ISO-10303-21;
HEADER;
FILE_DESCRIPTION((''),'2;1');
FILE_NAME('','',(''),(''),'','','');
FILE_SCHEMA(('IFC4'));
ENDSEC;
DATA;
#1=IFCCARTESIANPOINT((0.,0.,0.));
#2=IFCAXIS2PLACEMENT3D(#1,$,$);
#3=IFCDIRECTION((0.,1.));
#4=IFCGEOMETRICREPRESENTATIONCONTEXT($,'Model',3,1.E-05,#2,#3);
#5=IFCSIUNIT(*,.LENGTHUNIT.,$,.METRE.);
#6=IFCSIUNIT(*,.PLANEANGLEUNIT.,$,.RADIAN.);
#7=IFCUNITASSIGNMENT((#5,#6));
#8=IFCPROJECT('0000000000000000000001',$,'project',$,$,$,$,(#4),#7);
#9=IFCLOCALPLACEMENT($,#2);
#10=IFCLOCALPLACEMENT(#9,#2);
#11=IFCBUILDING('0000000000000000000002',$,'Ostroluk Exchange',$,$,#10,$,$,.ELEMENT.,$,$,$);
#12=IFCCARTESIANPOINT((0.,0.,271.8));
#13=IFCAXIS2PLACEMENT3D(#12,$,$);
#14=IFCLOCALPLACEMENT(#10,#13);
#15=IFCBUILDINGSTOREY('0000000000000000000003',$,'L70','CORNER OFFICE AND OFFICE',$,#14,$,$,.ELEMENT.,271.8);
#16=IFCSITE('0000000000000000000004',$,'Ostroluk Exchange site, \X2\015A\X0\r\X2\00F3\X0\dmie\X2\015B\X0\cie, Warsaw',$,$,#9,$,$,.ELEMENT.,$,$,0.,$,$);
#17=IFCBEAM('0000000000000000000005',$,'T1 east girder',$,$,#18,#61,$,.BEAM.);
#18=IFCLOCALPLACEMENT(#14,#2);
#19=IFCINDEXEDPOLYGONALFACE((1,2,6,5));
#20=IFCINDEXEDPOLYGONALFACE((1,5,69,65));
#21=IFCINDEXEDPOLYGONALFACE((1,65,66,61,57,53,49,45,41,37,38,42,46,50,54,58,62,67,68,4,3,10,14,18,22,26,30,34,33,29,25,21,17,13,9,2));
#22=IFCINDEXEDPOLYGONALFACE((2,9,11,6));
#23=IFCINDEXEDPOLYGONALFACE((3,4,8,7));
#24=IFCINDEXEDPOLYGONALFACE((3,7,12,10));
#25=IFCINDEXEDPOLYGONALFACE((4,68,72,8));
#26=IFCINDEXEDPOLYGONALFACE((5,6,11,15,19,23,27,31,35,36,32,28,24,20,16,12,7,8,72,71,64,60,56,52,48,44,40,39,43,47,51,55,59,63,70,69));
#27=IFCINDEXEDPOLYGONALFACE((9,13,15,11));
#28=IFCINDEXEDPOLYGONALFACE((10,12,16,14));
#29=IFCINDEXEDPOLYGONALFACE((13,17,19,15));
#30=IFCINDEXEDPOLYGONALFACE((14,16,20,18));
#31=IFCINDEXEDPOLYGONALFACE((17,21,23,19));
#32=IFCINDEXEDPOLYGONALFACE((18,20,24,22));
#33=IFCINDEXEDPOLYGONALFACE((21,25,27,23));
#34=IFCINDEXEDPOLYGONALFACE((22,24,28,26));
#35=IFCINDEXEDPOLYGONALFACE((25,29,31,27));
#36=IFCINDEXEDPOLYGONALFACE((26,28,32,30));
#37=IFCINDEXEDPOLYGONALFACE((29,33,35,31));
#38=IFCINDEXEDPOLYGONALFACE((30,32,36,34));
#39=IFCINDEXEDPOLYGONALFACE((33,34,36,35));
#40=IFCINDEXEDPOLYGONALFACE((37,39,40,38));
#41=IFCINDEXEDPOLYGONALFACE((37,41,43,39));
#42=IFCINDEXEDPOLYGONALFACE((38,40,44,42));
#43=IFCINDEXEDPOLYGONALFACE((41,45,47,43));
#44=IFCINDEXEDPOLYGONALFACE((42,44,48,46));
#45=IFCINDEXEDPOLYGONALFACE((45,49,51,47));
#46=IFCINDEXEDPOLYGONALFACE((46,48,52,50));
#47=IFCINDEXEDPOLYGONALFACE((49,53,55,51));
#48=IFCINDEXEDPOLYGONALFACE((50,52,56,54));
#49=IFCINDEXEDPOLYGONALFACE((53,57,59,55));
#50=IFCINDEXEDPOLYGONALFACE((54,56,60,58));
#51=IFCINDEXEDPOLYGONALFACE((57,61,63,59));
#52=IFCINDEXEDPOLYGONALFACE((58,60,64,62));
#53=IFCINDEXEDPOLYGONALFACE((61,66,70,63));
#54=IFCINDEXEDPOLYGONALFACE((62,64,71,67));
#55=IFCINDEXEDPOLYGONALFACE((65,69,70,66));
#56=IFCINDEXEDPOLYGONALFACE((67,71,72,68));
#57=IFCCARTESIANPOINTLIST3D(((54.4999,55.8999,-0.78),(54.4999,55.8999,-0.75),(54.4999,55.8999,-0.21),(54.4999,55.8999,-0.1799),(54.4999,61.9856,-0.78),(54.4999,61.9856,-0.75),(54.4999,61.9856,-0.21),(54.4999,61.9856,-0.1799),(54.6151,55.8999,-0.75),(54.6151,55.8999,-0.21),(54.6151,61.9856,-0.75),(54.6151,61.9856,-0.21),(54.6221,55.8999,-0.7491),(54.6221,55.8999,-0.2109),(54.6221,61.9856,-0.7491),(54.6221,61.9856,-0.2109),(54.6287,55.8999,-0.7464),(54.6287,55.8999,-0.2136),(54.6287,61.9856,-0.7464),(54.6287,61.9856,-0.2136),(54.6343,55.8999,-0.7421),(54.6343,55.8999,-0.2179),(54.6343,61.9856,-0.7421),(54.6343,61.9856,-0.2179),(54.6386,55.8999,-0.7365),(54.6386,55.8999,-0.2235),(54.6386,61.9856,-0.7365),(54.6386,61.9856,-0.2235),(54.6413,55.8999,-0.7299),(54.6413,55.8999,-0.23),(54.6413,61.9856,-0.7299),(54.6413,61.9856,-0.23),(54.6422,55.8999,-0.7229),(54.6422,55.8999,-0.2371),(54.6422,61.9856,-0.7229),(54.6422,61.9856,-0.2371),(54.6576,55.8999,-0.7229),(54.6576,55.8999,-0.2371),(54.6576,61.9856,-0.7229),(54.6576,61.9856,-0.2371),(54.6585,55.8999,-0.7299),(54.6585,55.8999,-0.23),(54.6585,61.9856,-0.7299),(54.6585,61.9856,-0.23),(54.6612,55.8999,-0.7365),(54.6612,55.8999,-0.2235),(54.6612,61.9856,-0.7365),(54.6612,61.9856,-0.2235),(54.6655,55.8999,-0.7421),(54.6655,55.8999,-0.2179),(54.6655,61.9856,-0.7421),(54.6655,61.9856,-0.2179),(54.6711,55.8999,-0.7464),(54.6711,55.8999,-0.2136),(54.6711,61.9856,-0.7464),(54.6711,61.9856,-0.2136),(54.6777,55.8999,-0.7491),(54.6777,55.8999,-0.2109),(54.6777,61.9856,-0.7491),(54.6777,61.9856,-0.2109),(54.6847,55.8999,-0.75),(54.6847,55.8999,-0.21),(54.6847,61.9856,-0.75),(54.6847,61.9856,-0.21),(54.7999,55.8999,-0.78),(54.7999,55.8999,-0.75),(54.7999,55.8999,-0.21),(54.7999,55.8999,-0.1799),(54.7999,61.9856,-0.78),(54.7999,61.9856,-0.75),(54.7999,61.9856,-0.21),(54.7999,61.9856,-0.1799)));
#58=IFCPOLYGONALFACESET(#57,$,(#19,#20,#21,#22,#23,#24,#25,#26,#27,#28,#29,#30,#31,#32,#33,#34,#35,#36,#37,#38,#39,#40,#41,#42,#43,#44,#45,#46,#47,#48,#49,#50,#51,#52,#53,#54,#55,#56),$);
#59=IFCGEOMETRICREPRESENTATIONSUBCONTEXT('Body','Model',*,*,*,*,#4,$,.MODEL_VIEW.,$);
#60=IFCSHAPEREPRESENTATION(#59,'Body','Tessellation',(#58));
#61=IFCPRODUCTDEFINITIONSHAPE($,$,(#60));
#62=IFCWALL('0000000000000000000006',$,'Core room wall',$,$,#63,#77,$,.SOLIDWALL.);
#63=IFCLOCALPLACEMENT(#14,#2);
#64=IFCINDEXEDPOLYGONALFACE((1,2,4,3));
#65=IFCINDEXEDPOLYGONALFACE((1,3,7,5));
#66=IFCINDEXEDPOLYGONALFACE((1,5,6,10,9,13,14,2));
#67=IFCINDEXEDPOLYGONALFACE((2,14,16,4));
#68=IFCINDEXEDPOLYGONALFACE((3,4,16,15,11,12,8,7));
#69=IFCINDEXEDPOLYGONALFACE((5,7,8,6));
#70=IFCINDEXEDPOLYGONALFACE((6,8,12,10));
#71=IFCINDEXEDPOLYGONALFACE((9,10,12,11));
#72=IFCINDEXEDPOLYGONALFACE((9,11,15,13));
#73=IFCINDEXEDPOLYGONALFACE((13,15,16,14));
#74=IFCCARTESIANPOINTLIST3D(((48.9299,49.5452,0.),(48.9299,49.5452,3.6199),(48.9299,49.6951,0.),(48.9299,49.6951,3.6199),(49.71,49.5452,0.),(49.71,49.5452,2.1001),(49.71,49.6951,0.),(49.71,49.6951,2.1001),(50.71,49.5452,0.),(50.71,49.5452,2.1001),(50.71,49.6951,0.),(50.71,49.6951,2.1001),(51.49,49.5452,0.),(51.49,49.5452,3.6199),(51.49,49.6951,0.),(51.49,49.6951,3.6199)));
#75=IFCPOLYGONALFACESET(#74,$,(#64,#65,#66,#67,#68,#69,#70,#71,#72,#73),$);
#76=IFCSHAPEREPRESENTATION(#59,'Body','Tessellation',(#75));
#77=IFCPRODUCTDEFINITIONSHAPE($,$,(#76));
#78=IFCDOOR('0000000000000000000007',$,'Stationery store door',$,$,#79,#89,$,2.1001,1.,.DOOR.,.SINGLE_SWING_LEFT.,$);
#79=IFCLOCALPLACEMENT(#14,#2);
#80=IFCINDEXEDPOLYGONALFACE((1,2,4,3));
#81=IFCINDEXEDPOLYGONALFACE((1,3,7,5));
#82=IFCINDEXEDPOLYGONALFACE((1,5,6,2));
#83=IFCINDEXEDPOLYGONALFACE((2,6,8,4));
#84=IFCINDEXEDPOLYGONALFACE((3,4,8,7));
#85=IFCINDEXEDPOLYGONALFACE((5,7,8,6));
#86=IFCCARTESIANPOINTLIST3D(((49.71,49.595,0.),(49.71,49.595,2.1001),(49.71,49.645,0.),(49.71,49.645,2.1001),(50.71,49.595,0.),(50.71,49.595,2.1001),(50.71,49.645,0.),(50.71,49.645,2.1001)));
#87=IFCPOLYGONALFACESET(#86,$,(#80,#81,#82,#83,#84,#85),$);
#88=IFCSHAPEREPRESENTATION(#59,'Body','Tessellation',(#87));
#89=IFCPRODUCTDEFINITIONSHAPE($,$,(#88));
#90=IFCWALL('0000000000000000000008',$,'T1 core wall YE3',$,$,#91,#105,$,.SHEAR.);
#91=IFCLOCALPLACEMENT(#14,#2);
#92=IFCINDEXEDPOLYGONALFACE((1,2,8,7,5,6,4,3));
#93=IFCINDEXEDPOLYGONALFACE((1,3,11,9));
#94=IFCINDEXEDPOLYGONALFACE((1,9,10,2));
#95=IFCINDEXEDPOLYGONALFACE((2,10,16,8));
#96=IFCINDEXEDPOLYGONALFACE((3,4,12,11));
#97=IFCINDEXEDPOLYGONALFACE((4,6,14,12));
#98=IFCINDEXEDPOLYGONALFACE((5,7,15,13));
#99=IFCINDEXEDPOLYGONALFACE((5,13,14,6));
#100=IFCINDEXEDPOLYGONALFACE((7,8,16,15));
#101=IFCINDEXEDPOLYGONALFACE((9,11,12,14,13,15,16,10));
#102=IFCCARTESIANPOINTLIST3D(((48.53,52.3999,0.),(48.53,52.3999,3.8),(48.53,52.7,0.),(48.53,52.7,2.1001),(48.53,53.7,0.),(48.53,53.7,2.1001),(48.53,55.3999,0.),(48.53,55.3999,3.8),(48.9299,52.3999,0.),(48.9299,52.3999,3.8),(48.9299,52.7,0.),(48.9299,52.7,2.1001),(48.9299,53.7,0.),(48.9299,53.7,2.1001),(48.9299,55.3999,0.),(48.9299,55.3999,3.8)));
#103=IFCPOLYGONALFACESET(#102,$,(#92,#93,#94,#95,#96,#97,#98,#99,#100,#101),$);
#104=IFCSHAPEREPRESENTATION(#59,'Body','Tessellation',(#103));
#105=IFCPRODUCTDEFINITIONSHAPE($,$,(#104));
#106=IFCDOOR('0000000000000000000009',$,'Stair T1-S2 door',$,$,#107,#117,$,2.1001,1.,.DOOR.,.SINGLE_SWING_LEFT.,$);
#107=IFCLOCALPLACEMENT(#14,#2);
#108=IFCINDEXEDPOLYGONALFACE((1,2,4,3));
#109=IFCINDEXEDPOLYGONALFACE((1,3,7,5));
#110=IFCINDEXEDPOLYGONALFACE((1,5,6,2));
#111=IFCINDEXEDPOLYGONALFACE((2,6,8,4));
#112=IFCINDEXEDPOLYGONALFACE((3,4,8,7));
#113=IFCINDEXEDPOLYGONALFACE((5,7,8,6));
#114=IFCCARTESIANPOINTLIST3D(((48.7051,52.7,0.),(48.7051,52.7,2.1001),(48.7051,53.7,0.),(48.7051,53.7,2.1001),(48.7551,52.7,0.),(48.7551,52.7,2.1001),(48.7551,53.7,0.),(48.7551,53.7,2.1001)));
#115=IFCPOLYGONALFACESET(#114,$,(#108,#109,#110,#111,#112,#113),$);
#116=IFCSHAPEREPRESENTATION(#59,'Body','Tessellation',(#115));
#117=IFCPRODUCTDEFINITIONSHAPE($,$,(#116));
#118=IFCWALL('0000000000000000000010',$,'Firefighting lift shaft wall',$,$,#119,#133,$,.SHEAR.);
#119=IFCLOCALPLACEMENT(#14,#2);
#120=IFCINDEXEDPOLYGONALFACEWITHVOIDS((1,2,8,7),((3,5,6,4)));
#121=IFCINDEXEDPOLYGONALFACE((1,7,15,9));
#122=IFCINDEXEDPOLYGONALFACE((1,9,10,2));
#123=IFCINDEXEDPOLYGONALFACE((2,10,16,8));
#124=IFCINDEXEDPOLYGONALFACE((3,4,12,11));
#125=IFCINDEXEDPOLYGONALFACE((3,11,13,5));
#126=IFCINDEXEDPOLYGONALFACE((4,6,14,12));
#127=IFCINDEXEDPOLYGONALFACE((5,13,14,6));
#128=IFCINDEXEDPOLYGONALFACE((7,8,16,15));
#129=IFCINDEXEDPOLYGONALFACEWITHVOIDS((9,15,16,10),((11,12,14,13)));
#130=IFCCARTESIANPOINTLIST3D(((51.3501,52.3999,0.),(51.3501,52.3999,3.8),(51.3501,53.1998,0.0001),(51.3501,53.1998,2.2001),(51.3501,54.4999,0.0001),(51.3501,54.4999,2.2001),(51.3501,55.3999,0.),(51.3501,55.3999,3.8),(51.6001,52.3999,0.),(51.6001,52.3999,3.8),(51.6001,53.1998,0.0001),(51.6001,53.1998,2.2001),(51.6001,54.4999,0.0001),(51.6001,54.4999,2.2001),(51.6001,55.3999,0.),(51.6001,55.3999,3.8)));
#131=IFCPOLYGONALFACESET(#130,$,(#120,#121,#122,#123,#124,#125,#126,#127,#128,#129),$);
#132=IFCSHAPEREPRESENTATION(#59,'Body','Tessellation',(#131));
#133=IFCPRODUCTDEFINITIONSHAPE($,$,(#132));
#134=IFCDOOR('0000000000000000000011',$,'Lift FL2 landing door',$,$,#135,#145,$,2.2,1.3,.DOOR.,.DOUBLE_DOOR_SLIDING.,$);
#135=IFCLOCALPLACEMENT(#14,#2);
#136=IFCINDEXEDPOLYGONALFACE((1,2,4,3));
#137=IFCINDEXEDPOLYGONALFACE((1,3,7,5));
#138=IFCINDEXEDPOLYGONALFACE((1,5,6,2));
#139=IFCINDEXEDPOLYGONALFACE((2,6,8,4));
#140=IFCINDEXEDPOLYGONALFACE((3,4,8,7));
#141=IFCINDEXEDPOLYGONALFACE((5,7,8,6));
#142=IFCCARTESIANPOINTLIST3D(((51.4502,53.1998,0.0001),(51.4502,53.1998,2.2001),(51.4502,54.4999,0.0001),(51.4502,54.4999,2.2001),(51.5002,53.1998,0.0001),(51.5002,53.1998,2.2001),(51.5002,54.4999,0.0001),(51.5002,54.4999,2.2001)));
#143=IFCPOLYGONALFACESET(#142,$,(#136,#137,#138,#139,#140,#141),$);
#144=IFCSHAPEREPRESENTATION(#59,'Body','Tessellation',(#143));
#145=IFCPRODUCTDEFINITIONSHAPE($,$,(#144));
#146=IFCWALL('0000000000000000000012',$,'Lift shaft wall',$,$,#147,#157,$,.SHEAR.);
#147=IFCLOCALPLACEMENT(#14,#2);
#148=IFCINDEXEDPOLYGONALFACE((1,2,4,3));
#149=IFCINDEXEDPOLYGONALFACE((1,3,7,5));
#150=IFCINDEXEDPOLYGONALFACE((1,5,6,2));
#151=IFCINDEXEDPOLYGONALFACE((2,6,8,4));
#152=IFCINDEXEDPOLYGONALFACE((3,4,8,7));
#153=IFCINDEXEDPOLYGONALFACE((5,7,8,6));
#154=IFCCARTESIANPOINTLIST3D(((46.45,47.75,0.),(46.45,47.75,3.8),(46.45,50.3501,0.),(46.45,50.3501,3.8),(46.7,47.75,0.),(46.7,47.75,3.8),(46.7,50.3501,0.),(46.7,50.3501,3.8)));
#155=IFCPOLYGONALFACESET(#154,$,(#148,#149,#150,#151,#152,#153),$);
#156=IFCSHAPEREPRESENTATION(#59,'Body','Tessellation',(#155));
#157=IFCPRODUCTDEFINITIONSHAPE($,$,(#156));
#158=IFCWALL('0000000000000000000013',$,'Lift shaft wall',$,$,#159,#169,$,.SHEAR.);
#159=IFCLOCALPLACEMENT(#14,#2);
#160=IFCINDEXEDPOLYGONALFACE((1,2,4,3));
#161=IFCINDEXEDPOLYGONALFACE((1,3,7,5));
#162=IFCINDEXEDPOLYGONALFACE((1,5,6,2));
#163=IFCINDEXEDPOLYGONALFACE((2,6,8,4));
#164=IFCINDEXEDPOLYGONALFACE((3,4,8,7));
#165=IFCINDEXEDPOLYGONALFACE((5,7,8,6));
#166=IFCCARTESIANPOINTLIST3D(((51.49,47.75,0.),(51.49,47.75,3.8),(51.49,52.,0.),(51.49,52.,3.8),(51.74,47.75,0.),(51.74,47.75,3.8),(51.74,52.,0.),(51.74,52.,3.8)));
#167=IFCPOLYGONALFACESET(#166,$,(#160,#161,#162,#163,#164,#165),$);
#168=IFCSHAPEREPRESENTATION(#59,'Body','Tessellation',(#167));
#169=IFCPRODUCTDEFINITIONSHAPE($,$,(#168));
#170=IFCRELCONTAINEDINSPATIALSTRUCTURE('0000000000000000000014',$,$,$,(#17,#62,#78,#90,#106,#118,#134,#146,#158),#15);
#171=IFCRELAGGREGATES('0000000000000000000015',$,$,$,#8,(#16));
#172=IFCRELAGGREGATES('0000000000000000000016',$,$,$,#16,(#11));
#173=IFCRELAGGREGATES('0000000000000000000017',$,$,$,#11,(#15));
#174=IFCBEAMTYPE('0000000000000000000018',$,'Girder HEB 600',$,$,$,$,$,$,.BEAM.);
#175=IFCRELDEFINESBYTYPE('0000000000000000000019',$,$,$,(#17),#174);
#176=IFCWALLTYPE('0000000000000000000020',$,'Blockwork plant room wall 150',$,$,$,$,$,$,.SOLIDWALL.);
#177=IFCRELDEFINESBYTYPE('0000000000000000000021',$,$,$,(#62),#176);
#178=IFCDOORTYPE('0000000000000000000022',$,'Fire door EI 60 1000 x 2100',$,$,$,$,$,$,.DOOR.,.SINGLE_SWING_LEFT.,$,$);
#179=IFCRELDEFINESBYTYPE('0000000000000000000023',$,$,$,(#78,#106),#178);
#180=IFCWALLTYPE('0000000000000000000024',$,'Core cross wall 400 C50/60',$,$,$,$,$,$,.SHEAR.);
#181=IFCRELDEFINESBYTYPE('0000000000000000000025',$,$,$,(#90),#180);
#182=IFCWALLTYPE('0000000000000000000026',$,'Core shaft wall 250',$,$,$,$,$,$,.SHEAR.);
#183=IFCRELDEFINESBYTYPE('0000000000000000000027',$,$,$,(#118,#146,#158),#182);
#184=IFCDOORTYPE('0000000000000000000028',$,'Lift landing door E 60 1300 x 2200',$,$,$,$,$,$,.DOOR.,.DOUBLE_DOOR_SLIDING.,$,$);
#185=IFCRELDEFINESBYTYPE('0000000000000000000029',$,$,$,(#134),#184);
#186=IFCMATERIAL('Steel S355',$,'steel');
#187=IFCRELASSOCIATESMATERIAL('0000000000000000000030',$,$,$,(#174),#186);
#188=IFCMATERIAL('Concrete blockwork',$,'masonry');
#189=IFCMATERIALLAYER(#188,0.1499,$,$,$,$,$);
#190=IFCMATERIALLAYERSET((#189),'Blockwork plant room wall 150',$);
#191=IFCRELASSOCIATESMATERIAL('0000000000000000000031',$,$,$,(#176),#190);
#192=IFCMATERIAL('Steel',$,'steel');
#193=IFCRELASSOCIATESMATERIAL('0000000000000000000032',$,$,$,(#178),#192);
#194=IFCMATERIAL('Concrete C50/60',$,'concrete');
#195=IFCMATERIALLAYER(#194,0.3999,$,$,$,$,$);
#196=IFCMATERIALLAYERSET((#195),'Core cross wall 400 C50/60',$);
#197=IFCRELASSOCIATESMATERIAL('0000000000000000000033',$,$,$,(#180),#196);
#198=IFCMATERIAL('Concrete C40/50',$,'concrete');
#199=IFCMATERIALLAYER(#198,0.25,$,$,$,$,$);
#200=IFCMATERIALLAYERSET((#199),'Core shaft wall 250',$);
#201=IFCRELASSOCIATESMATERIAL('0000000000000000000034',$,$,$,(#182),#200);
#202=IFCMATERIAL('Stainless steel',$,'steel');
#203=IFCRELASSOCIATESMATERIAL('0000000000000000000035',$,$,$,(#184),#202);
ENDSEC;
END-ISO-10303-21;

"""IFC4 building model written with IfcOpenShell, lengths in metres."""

from ifc_helpers import new_model, si_unit, direction, frame, frame_2d, origin, origin_2d, place, context, subcontext, project, spatial, rectangle, i_section, extrude, material, layer, layer_set, material_profile, profile_set, type_object, element, fill, save


model = new_model("IFC4")

# Units and contexts
model_context = context("Model", 3, precision=1e-05, world=origin(), true_north=direction((0.0, 1.0)))
body_context = subcontext(model_context, "Body", "Model", "MODEL_VIEW")
ifc_project = project(units=[si_unit("LENGTHUNIT", "METRE"), si_unit("PLANEANGLEUNIT", "RADIAN")], contexts=[model_context])

# Site, building, storey
site_placement = place(None, origin())
site = spatial("IfcSite", under=ifc_project, at=site_placement, Name="Ostroluk Exchange site, Śródmieście, Warsaw", CompositionType="ELEMENT", RefElevation=0.0)
building_placement = place(site_placement, origin())
building = spatial("IfcBuilding", under=site, at=building_placement, Name="Ostroluk Exchange", CompositionType="ELEMENT")
storey_placement = place(building_placement, frame((0.0, 0.0, 271.8)))
storey = spatial("IfcBuildingStorey", under=building, at=storey_placement, Name="L70", Description="CORNER OFFICE AND OFFICE", CompositionType="ELEMENT", Elevation=271.8)

# Beam
ifc_material_1 = material(Name="Steel S355", Category="steel")
ifc_material_profile_1 = material_profile(ifc_material_1, i_section(OverallWidth=0.3, OverallDepth=0.6001, WebThickness=0.0154, FlangeThickness=0.03, FilletRadius=0.0271, at=origin_2d()), Name="HEB 600")
ifc_profile_set_1 = profile_set([ifc_material_profile_1], Name="Steel S355")
beam_type_1 = type_object("IfcBeamType", Name="Girder HEB 600", PredefinedType="BEAM", material=ifc_profile_set_1)
beam_placement = place(storey_placement, frame((54.6499, 55.8999, -0.48), z_axis=(0.0, 1.0, 0.0), x_axis=(-1.0, 0.0, 0.0)))
element("IfcBeam", 1, at=beam_placement, inside=storey, type_object=beam_type_1, Name="T1 east girder", PredefinedType="BEAM", context=body_context, shape_type="SweptSolid", body=[
    extrude(i_section(OverallWidth=0.3, OverallDepth=0.6001, WebThickness=0.0154, FlangeThickness=0.03, FilletRadius=0.0271, at=origin_2d()), origin(), (0.0, 0.0, 1.0), 6.0857),
])

# Walls, openings, doors
ifc_material_2 = material(Name="Concrete blockwork", Category="masonry")
ifc_layer_1 = layer(ifc_material_2, 0.1499)
ifc_layer_set_1 = layer_set([ifc_layer_1], Name="Blockwork plant room wall 150")
wall_type_1 = type_object("IfcWallType", Name="Blockwork plant room wall 150", PredefinedType="SOLIDWALL", material=ifc_layer_set_1)
wall_1_placement = place(storey_placement, frame((48.9299, 49.6201, 0.0), z_axis=(0.0, 0.0, 1.0), x_axis=(1.0, 0.0, 0.0)))
wall_1 = element("IfcWall", 2, at=wall_1_placement, inside=storey, type_object=wall_type_1, Name="Core room wall", PredefinedType="SOLIDWALL", context=body_context, shape_type="SweptSolid", body=[
    extrude(rectangle(XDim=2.5601, YDim=0.1499, at=frame_2d((1.28, 0.0))), origin(), (0.0, 0.0, 1.0), 3.6199),
])
opening_1_placement = place(wall_1_placement, frame((0.78, 0.0, 0.0)))
opening_1 = element("IfcOpeningElement", 3, at=opening_1_placement, cuts=wall_1, PredefinedType="OPENING", context=body_context, shape_type="SweptSolid", body=[
    extrude(rectangle(XDim=1.0, YDim=2.1001, at=frame_2d((0.5, 1.05))), frame((0.0, 0.085, 0.0), z_axis=(0.0, -1.0, 0.0), x_axis=(1.0, 0.0, 0.0)), (0.0, 0.0, 1.0), 0.1699),
])
ifc_material_3 = material(Name="Steel", Category="steel")
door_type_1 = type_object("IfcDoorType", Name="Fire door EI 60 1000 x 2100", OperationType="SINGLE_SWING_LEFT", PredefinedType="DOOR", material=ifc_material_3)
door_1_placement = place(opening_1_placement, origin())
door_1 = element("IfcDoor", 4, at=door_1_placement, inside=storey, type_object=door_type_1, Name="Stationery store door", OperationType="SINGLE_SWING_LEFT", OverallHeight=2.1001, OverallWidth=1.0, PredefinedType="DOOR", context=body_context, shape_type="SweptSolid", body=[
    extrude(rectangle(XDim=1.0, YDim=2.1001, at=frame_2d((0.5, 1.05))), frame((0.0, 0.0249, 0.0), z_axis=(0.0, -1.0, 0.0), x_axis=(1.0, 0.0, 0.0)), (0.0, 0.0, 1.0), 0.05),
])
fill(opening_1, door_1)
ifc_material_4 = material(Name="Concrete C50/60", Category="concrete")
ifc_layer_2 = layer(ifc_material_4, 0.3999)
ifc_layer_set_2 = layer_set([ifc_layer_2], Name="Core cross wall 400 C50/60")
wall_type_2 = type_object("IfcWallType", Name="Core cross wall 400 C50/60", PredefinedType="SHEAR", material=ifc_layer_set_2)
wall_2_placement = place(storey_placement, frame((48.73, 52.3999, 0.0), z_axis=(0.0, 0.0, 1.0), x_axis=(0.0, 1.0, 0.0)))
wall_2 = element("IfcWall", 5, at=wall_2_placement, inside=storey, type_object=wall_type_2, Name="T1 core wall YE3", PredefinedType="SHEAR", context=body_context, shape_type="SweptSolid", body=[
    extrude(rectangle(XDim=3.0, YDim=0.3999, at=frame_2d((1.5, 0.0))), origin(), (0.0, 0.0, 1.0), 3.8),
])
opening_2_placement = place(wall_2_placement, frame((0.3, 0.0, 0.0)))
opening_2 = element("IfcOpeningElement", 6, at=opening_2_placement, cuts=wall_2, PredefinedType="OPENING", context=body_context, shape_type="SweptSolid", body=[
    extrude(rectangle(XDim=1.0, YDim=2.1001, at=frame_2d((0.5, 1.05))), frame((0.0, 0.21, 0.0), z_axis=(0.0, -1.0, 0.0), x_axis=(1.0, 0.0, 0.0)), (0.0, 0.0, 1.0), 0.4199),
])
door_2_placement = place(opening_2_placement, origin())
door_2 = element("IfcDoor", 7, at=door_2_placement, inside=storey, type_object=door_type_1, Name="Stair T1-S2 door", OperationType="SINGLE_SWING_LEFT", OverallHeight=2.1001, OverallWidth=1.0, PredefinedType="DOOR", context=body_context, shape_type="SweptSolid", body=[
    extrude(rectangle(XDim=1.0, YDim=2.1001, at=frame_2d((0.5, 1.05))), frame((0.0, 0.0249, 0.0), z_axis=(0.0, -1.0, 0.0), x_axis=(1.0, 0.0, 0.0)), (0.0, 0.0, 1.0), 0.05),
])
fill(opening_2, door_2)
ifc_material_5 = material(Name="Concrete C40/50", Category="concrete")
ifc_layer_3 = layer(ifc_material_5, 0.25)
ifc_layer_set_3 = layer_set([ifc_layer_3], Name="Core shaft wall 250")
wall_type_3 = type_object("IfcWallType", Name="Core shaft wall 250", PredefinedType="SHEAR", material=ifc_layer_set_3)
wall_3_placement = place(storey_placement, frame((51.4751, 52.3999, 0.0), z_axis=(0.0, 0.0, 1.0), x_axis=(0.0, 1.0, 0.0)))
wall_3 = element("IfcWall", 8, at=wall_3_placement, inside=storey, type_object=wall_type_3, Name="Firefighting lift shaft wall", PredefinedType="SHEAR", context=body_context, shape_type="SweptSolid", body=[
    extrude(rectangle(XDim=3.0, YDim=0.25, at=frame_2d((1.5, 0.0))), origin(), (0.0, 0.0, 1.0), 3.8),
])
opening_3_placement = place(wall_3_placement, frame((0.8, 0.0, 0.0)))
opening_3 = element("IfcOpeningElement", 9, at=opening_3_placement, cuts=wall_3, PredefinedType="OPENING", context=body_context, shape_type="SweptSolid", body=[
    extrude(rectangle(XDim=1.3, YDim=2.2, at=frame_2d((0.6499, 1.1001))), frame((0.0, 0.135, 0.0), z_axis=(0.0, -1.0, 0.0), x_axis=(1.0, 0.0, 0.0)), (0.0, 0.0, 1.0), 0.27),
])
ifc_material_6 = material(Name="Stainless steel", Category="steel")
door_type_2 = type_object("IfcDoorType", Name="Lift landing door E 60 1300 x 2200", OperationType="DOUBLE_DOOR_SLIDING", PredefinedType="DOOR", material=ifc_material_6)
door_3_placement = place(opening_3_placement, origin())
door_3 = element("IfcDoor", 10, at=door_3_placement, inside=storey, type_object=door_type_2, Name="Lift FL2 landing door", OperationType="DOUBLE_DOOR_SLIDING", OverallHeight=2.2, OverallWidth=1.3, PredefinedType="DOOR", context=body_context, shape_type="SweptSolid", body=[
    extrude(rectangle(XDim=1.3, YDim=2.2, at=frame_2d((0.6499, 1.1001))), frame((0.0, 0.0249, 0.0), z_axis=(0.0, -1.0, 0.0), x_axis=(1.0, 0.0, 0.0)), (0.0, 0.0, 1.0), 0.05),
])
fill(opening_3, door_3)

# Walls
wall_4_placement = place(storey_placement, frame((46.575, 47.75, 0.0), z_axis=(0.0, 0.0, 1.0), x_axis=(0.0, 1.0, 0.0)))
element("IfcWall", 11, at=wall_4_placement, inside=storey, type_object=wall_type_3, Name="Lift shaft wall", PredefinedType="SHEAR", context=body_context, shape_type="SweptSolid", body=[
    extrude(rectangle(XDim=2.6001, YDim=0.25, at=frame_2d((1.3, 0.0))), origin(), (0.0, 0.0, 1.0), 3.8),
])
wall_5_placement = place(storey_placement, frame((51.615, 47.75, 0.0), z_axis=(0.0, 0.0, 1.0), x_axis=(0.0, 1.0, 0.0)))
element("IfcWall", 12, at=wall_5_placement, inside=storey, type_object=wall_type_3, Name="Lift shaft wall", PredefinedType="SHEAR", context=body_context, shape_type="SweptSolid", body=[
    extrude(rectangle(XDim=4.25, YDim=0.25, at=frame_2d((2.125, 0.0))), origin(), (0.0, 0.0, 1.0), 3.8),
])

save(model, "model.ifc")
